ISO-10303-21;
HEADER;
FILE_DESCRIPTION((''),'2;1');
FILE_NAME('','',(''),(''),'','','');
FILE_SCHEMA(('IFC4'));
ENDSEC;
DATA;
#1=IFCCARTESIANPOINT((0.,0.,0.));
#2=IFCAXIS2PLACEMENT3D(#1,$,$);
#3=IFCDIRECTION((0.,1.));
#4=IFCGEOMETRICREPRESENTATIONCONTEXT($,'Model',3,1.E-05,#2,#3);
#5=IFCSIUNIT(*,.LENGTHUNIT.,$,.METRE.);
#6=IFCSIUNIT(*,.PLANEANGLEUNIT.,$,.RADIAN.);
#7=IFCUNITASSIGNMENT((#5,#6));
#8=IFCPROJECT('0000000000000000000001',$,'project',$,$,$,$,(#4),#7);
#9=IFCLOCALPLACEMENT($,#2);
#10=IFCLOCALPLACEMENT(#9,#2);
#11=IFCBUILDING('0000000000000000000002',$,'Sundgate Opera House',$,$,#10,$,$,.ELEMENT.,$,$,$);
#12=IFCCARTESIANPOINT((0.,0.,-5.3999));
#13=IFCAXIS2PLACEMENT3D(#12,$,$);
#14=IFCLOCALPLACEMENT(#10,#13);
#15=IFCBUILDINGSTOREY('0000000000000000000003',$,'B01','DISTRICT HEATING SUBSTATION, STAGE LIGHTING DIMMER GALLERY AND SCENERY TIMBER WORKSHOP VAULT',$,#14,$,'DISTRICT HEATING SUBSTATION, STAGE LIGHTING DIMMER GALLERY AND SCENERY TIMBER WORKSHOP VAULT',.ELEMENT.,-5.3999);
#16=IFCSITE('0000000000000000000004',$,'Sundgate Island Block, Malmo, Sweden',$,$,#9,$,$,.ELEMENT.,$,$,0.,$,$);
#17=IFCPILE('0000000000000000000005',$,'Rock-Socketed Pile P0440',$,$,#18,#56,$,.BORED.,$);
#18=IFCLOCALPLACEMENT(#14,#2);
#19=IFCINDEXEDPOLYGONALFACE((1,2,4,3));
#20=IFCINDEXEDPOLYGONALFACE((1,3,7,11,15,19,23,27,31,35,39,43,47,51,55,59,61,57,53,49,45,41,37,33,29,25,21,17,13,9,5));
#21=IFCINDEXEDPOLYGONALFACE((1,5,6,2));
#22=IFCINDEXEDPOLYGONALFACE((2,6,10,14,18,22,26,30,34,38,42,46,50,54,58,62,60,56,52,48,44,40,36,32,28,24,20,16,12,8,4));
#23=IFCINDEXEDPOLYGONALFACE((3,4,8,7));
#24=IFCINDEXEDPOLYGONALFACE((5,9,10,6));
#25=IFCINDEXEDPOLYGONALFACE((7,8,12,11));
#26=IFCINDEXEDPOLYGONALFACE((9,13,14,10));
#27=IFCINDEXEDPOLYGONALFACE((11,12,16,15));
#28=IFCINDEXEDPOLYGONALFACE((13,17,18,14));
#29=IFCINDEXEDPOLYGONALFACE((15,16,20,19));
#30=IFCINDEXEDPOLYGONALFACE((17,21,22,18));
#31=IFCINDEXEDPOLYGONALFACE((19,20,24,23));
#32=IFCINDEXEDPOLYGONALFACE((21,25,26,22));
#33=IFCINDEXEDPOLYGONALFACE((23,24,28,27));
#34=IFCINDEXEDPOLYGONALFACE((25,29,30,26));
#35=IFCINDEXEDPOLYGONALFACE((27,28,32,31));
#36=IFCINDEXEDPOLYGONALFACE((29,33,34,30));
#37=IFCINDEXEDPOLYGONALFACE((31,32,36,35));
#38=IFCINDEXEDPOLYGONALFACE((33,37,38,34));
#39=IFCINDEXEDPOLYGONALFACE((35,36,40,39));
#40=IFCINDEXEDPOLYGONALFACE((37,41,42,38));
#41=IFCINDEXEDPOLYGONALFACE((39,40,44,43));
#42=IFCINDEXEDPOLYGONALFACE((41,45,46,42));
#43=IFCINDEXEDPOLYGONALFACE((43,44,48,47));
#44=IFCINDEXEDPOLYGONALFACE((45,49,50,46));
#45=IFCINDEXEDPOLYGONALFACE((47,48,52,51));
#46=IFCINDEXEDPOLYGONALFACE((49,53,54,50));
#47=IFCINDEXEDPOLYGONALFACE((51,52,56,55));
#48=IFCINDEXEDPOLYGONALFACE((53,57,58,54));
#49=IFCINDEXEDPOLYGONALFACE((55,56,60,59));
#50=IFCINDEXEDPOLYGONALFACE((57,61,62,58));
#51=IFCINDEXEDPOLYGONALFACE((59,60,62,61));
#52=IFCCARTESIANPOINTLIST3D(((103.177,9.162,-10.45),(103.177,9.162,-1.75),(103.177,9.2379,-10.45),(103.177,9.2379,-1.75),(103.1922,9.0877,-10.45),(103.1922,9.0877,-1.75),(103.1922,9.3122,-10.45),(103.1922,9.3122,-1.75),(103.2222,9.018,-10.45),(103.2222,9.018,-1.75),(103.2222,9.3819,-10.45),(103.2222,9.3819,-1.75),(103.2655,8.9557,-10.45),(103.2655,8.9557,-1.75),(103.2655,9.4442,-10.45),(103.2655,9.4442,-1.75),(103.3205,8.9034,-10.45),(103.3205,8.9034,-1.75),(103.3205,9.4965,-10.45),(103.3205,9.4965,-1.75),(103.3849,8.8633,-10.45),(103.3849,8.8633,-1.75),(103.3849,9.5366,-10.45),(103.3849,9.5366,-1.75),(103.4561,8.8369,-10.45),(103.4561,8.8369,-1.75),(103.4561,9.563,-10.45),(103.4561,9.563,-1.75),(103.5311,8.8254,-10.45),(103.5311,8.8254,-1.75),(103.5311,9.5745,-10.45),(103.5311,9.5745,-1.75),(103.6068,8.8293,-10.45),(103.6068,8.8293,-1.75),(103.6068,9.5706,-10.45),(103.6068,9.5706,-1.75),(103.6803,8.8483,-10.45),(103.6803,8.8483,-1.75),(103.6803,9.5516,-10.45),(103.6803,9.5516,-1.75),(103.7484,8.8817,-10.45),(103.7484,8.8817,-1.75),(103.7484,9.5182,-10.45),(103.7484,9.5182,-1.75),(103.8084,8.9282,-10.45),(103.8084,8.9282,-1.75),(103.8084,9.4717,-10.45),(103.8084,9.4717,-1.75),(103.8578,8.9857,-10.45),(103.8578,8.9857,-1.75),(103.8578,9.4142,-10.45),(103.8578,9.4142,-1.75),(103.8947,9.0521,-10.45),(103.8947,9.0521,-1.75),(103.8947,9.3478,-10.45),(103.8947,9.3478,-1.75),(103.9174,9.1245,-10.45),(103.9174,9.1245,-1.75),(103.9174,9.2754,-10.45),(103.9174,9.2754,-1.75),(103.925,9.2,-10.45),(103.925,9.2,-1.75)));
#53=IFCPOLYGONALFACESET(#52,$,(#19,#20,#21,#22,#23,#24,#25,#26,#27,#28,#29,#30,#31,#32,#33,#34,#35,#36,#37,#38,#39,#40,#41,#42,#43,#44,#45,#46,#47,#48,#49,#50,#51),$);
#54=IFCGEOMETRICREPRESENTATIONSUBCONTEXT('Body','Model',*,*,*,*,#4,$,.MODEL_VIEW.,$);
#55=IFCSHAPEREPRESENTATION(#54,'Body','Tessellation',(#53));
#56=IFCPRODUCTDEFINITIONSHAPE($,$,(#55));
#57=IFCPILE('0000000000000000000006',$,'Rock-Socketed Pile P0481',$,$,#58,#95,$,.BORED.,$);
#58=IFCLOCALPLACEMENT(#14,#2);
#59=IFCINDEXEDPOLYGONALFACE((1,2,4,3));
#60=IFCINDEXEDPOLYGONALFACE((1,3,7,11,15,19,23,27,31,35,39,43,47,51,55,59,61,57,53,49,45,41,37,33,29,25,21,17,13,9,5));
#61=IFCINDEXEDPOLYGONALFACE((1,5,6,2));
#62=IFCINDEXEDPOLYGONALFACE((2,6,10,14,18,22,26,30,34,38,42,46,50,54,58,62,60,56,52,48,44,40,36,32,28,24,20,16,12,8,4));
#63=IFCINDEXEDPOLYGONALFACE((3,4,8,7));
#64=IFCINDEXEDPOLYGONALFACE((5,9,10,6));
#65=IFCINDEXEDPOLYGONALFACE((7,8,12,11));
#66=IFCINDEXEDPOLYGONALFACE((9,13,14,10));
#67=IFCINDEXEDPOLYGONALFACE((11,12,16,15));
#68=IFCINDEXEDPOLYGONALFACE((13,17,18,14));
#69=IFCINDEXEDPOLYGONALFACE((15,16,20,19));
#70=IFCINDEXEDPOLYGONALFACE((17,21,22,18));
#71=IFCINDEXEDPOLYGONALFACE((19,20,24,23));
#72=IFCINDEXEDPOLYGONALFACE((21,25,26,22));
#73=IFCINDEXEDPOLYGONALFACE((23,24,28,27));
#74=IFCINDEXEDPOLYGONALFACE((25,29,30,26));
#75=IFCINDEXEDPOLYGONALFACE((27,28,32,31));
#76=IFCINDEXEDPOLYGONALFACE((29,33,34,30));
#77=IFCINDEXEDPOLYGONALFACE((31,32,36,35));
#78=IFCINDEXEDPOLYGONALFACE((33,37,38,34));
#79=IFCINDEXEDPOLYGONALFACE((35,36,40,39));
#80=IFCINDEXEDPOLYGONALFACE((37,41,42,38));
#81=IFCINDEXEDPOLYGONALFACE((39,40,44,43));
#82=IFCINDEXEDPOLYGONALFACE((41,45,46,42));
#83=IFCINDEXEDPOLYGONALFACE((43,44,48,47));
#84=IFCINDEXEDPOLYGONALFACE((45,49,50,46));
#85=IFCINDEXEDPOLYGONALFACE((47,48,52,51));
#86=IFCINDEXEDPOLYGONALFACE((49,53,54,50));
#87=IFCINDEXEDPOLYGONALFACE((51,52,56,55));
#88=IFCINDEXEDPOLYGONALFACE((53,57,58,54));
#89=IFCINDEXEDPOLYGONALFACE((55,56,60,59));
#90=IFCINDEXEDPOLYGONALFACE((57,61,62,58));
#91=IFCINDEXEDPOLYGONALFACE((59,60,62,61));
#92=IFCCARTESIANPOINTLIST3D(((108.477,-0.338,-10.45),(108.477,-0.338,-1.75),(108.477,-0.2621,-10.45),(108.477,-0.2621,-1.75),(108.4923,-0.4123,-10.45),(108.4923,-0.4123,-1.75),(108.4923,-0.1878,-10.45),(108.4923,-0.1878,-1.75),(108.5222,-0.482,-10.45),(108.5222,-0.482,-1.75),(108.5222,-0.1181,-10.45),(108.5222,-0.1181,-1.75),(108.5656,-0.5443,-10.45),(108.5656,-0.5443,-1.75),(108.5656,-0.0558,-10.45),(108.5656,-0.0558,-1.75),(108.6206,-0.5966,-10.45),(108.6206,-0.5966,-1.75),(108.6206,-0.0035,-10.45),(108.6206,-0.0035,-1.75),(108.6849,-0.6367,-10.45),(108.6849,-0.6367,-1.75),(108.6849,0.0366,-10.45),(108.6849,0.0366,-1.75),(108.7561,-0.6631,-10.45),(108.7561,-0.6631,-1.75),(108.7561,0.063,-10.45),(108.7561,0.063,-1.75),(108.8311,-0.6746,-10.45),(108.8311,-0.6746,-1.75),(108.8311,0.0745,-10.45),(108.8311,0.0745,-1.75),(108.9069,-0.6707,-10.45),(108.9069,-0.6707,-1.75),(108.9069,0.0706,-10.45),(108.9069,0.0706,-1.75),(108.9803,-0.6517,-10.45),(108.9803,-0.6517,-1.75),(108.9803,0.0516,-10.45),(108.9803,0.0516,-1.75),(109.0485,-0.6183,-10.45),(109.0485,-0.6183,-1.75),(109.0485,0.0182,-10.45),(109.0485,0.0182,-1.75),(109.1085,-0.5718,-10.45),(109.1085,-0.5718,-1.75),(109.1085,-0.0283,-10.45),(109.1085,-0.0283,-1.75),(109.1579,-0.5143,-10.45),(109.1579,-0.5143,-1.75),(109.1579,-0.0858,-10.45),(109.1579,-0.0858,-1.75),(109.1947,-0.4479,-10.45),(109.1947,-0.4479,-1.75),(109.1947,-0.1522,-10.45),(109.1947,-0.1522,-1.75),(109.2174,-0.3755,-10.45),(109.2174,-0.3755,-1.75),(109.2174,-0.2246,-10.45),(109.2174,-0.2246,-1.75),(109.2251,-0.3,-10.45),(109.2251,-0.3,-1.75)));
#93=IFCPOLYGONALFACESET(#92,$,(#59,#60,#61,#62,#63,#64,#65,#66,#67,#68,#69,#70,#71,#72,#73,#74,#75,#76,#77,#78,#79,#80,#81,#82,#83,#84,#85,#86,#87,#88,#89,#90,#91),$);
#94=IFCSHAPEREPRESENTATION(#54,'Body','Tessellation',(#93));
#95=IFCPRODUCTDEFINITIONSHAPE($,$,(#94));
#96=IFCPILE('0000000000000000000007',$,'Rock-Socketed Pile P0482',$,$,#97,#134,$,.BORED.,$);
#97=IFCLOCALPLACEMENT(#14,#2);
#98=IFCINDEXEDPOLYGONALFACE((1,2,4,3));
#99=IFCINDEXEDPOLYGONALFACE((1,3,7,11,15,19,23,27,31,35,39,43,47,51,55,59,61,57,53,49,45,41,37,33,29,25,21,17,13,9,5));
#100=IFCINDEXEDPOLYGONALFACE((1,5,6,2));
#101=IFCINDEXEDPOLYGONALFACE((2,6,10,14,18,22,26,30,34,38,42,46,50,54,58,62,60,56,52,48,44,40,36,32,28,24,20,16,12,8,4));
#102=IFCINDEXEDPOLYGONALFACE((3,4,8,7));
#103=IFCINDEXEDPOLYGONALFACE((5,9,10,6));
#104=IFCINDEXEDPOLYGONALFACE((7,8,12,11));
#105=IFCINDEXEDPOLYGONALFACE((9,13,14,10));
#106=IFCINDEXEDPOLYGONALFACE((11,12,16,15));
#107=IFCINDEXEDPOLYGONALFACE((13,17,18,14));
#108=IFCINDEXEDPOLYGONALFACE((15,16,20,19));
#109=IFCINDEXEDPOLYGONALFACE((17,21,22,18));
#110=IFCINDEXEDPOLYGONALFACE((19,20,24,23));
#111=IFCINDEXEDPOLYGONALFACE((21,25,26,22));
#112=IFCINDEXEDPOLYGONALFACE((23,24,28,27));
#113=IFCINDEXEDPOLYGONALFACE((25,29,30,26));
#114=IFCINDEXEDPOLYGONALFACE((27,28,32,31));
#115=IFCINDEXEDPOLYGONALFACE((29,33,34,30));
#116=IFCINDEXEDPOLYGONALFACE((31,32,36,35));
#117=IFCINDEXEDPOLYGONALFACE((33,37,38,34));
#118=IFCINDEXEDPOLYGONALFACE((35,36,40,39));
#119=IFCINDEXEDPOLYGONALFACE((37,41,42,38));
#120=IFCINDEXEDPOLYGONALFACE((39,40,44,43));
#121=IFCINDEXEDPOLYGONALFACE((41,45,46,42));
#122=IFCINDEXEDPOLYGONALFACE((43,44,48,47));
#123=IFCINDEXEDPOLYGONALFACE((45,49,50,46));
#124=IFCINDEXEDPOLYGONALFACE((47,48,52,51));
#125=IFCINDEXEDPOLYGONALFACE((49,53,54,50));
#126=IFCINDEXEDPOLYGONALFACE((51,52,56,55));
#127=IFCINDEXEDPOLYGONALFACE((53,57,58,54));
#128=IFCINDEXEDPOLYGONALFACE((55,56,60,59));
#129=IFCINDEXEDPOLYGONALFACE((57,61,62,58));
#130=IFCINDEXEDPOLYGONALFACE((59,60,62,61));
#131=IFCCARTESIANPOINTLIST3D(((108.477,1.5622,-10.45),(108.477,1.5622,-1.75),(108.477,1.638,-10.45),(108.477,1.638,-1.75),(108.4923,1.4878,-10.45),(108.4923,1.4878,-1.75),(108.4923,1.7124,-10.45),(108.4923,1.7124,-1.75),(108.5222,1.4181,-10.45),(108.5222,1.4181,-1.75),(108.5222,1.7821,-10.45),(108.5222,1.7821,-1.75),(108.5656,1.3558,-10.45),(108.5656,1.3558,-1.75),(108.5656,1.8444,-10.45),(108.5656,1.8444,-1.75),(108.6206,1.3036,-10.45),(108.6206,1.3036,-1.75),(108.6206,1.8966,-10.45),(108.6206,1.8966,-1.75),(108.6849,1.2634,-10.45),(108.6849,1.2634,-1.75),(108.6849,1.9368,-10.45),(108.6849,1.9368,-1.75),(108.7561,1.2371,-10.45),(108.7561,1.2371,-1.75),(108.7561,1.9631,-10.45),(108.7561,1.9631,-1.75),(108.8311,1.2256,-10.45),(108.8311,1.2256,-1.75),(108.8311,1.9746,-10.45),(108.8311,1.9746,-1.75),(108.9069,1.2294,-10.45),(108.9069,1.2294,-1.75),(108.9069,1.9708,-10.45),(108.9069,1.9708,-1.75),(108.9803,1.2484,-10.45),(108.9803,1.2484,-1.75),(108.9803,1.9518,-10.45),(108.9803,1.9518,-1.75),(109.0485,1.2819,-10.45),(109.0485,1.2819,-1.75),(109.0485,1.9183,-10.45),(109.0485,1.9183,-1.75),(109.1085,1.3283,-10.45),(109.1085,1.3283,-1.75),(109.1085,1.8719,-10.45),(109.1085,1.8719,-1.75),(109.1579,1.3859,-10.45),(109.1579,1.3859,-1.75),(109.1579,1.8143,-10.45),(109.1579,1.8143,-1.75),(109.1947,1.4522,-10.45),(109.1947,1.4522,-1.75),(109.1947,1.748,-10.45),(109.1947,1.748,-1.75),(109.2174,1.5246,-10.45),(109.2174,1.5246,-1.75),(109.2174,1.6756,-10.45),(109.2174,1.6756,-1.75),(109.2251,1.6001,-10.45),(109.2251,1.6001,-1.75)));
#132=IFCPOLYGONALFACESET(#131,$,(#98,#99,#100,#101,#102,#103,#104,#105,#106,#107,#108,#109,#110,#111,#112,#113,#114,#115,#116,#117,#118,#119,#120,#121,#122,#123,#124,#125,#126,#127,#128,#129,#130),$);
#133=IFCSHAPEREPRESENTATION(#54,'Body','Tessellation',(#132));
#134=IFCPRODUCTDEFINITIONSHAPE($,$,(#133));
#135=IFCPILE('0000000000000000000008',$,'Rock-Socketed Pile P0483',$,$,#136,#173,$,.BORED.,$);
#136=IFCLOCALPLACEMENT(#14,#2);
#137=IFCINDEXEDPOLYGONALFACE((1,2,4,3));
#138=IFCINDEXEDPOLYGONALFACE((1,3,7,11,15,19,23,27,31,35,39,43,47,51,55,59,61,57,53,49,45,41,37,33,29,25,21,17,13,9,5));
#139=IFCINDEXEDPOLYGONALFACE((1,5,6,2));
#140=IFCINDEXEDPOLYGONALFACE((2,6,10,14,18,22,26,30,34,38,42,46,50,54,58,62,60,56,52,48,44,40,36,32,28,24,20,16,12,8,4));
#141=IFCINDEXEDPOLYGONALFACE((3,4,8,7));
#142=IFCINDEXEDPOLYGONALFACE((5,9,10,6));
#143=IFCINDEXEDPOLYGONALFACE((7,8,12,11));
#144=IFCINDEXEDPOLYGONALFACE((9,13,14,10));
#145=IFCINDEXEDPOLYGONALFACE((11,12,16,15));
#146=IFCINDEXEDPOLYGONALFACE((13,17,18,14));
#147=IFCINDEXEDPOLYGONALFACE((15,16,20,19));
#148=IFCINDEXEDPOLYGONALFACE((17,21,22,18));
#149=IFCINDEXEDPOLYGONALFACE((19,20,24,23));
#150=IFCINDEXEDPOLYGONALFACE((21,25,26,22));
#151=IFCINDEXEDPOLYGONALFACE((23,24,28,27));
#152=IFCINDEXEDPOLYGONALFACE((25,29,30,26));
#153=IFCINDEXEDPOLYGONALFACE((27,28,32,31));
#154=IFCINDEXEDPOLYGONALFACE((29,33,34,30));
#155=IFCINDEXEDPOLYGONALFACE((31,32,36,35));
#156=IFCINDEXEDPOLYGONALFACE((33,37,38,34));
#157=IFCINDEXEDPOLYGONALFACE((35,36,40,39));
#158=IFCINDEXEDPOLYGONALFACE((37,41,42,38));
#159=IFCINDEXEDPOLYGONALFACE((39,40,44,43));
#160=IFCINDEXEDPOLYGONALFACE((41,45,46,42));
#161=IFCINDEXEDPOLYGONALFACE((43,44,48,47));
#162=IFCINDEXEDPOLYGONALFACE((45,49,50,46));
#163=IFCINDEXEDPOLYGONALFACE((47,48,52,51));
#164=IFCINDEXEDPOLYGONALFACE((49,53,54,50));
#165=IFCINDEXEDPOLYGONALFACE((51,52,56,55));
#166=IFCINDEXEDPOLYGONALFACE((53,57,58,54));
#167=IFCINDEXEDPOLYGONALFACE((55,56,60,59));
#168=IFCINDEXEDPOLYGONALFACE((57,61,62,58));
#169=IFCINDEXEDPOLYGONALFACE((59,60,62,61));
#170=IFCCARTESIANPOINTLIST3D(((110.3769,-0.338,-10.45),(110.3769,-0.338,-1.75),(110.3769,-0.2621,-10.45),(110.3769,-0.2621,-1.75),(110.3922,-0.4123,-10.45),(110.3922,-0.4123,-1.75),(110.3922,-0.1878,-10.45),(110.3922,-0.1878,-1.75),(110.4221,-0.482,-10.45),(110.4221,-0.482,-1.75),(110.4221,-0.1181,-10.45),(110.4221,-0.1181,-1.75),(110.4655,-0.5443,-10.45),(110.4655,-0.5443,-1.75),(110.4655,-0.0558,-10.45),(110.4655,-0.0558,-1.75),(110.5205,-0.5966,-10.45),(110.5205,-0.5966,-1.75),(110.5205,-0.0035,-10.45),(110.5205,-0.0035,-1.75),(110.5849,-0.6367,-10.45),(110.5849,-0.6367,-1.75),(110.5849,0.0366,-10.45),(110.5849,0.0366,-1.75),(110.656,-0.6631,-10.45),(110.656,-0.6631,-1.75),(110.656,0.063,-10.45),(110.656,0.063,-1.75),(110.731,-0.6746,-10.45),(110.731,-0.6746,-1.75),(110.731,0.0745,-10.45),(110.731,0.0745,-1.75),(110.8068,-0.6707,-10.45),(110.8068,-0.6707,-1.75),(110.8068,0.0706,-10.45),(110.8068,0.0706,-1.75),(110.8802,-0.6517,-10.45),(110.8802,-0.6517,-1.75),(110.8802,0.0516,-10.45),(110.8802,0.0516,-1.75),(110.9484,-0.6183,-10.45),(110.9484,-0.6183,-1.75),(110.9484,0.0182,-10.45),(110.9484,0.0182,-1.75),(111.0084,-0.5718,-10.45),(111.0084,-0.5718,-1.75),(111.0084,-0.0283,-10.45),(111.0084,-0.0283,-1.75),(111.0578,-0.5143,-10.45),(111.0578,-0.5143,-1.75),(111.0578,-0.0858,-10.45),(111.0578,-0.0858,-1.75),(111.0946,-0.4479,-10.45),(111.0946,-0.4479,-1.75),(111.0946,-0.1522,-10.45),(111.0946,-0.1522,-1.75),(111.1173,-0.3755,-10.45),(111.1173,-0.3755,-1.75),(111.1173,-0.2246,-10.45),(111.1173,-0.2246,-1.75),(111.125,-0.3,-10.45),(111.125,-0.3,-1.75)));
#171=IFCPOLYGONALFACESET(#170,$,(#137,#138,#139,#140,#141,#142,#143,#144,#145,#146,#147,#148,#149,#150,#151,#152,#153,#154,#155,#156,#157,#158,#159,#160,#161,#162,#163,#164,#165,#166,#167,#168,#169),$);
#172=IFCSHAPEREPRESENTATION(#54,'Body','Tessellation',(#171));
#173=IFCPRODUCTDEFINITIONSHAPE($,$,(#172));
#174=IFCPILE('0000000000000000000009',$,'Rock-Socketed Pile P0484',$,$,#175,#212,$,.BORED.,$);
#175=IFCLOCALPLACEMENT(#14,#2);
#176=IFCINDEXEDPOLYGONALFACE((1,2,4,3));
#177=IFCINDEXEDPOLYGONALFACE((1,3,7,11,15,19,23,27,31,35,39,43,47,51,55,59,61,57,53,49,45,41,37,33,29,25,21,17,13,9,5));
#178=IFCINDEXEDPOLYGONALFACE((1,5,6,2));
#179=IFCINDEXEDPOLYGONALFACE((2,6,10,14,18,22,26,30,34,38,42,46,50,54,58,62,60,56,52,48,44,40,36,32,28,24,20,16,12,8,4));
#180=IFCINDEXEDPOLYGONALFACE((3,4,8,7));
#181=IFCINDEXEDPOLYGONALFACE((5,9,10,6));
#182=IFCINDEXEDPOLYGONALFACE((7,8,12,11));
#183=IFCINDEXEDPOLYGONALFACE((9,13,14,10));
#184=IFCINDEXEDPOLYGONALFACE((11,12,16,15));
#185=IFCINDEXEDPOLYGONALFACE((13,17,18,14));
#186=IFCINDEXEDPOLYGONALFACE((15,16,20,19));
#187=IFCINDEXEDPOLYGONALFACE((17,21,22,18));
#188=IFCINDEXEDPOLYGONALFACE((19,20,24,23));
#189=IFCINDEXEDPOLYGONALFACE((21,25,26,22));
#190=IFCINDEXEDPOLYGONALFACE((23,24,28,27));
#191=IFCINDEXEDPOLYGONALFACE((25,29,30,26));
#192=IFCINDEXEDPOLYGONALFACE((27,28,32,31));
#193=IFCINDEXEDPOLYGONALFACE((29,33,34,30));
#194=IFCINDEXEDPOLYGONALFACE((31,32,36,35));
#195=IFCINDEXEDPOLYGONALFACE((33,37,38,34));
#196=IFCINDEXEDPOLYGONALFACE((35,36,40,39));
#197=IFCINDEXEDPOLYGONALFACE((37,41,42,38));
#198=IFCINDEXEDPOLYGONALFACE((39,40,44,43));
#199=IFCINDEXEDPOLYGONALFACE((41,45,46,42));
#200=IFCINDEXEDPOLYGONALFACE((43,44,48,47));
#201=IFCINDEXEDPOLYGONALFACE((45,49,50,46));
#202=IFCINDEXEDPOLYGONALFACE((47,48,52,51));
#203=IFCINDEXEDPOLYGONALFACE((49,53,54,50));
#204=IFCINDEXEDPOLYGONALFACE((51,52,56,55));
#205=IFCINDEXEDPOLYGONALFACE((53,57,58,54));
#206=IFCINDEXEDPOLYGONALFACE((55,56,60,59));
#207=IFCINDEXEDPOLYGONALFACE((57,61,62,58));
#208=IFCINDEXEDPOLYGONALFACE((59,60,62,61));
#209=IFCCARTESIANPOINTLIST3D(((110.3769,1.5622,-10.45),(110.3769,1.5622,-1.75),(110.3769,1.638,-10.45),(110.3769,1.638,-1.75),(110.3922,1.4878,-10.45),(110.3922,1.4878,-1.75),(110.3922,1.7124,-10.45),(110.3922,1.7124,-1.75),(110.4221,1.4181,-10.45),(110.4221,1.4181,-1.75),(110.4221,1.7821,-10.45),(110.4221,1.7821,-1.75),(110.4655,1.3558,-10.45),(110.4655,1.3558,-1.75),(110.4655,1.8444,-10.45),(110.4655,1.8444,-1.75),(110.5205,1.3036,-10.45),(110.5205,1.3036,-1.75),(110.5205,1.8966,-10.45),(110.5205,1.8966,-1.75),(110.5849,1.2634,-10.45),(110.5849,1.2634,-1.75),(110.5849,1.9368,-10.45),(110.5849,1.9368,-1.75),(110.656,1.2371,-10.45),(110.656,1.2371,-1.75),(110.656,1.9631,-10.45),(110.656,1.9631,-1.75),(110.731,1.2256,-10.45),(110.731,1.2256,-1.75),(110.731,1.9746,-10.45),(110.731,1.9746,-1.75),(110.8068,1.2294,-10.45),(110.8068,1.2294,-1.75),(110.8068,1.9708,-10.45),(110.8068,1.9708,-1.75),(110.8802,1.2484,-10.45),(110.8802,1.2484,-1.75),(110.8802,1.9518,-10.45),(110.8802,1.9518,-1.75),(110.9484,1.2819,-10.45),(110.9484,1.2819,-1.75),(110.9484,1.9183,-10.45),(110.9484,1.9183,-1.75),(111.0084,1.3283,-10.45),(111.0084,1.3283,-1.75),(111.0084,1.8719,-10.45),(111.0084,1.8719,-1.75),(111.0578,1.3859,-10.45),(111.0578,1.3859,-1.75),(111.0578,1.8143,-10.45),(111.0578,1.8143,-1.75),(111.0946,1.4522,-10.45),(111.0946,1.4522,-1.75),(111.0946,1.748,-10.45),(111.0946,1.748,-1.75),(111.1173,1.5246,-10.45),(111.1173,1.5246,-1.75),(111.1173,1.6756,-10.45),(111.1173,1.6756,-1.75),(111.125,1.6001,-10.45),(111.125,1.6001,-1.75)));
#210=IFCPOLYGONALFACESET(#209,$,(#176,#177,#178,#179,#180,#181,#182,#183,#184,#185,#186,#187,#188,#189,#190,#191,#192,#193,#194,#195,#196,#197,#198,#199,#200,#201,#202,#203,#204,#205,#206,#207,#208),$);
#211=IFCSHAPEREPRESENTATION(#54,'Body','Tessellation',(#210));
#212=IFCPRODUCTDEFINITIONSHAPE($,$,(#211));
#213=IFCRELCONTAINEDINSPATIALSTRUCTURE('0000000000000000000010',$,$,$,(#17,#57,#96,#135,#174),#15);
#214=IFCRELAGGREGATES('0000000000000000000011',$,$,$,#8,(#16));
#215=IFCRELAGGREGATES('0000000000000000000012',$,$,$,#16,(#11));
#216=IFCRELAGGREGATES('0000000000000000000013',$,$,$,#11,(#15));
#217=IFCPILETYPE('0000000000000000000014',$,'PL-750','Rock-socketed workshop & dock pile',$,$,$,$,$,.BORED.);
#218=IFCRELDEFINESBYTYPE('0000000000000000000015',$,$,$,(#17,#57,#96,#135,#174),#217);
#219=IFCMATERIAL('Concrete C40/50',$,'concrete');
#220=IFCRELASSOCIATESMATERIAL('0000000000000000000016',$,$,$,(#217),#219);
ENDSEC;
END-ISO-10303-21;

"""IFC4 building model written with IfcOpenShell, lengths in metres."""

from ifc_helpers import new_model, si_unit, direction, frame, origin, origin_2d, place, context, subcontext, project, spatial, circle, extrude, material, material_profile, profile_set, type_object, element, save


model = new_model("IFC4")

# Units and contexts
model_context = context("Model", 3, precision=1e-05, world=origin(), true_north=direction((0.0, 1.0)))
body_context = subcontext(model_context, "Body", "Model", "MODEL_VIEW")
ifc_project = project(units=[si_unit("LENGTHUNIT", "METRE"), si_unit("PLANEANGLEUNIT", "RADIAN")], contexts=[model_context])

# Site, building, storey
site_placement = place(None, origin())
site = spatial("IfcSite", under=ifc_project, at=site_placement, Name="Sundgate Island Block, Malmo, Sweden", CompositionType="ELEMENT", RefElevation=0.0)
building_placement = place(site_placement, origin())
building = spatial("IfcBuilding", under=site, at=building_placement, Name="Sundgate Opera House", CompositionType="ELEMENT")
storey_placement = place(building_placement, frame((0.0, 0.0, -5.3999)))
storey = spatial("IfcBuildingStorey", under=building, at=storey_placement, Name="B01", Description="DISTRICT HEATING SUBSTATION, STAGE LIGHTING DIMMER GALLERY AND SCENERY TIMBER WORKSHOP VAULT", LongName="DISTRICT HEATING SUBSTATION, STAGE LIGHTING DIMMER GALLERY AND SCENERY TIMBER WORKSHOP VAULT", CompositionType="ELEMENT", Elevation=-5.3999)

# Piles
ifc_material_1 = material(Name="Concrete C40/50", Category="concrete")
ifc_material_profile_1 = material_profile(ifc_material_1, circle(Radius=0.375, at=origin_2d()), Name="PILE D750")
ifc_profile_set_1 = profile_set([ifc_material_profile_1], Name="Concrete C40/50")
pile_type = type_object("IfcPileType", Name="PL-750", Description="Rock-socketed workshop & dock pile", PredefinedType="BORED", material=ifc_profile_set_1)
for number, where, z_axis, x_axis, name in (
    (1, (103.55, 9.2, -1.75), (0.0, 0.0, -1.0), (1.0, 0.0, 0.0), "Rock-Socketed Pile P0440"),
    (2, (108.8501, -0.3, -1.75), (0.0, 0.0, -1.0), (1.0, 0.0, 0.0), "Rock-Socketed Pile P0481"),
    (3, (108.8501, 1.6001, -1.75), (0.0, 0.0, -1.0), (1.0, 0.0, 0.0), "Rock-Socketed Pile P0482"),
    (4, (110.75, -0.3, -1.75), (0.0, 0.0, -1.0), (1.0, 0.0, 0.0), "Rock-Socketed Pile P0483"),
    (5, (110.75, 1.6001, -1.75), (0.0, 0.0, -1.0), (1.0, 0.0, 0.0), "Rock-Socketed Pile P0484"),
):
    element("IfcPile", number, at=place(storey_placement, frame(where, z_axis=z_axis, x_axis=x_axis)), inside=storey, type_object=pile_type, Name=name, PredefinedType="BORED", context=body_context, shape_type="SweptSolid", body=[
        extrude(circle(Radius=0.375, at=origin_2d()), origin(), (0.0, 0.0, 1.0), 8.7),
    ])

save(model, "model.ifc")
